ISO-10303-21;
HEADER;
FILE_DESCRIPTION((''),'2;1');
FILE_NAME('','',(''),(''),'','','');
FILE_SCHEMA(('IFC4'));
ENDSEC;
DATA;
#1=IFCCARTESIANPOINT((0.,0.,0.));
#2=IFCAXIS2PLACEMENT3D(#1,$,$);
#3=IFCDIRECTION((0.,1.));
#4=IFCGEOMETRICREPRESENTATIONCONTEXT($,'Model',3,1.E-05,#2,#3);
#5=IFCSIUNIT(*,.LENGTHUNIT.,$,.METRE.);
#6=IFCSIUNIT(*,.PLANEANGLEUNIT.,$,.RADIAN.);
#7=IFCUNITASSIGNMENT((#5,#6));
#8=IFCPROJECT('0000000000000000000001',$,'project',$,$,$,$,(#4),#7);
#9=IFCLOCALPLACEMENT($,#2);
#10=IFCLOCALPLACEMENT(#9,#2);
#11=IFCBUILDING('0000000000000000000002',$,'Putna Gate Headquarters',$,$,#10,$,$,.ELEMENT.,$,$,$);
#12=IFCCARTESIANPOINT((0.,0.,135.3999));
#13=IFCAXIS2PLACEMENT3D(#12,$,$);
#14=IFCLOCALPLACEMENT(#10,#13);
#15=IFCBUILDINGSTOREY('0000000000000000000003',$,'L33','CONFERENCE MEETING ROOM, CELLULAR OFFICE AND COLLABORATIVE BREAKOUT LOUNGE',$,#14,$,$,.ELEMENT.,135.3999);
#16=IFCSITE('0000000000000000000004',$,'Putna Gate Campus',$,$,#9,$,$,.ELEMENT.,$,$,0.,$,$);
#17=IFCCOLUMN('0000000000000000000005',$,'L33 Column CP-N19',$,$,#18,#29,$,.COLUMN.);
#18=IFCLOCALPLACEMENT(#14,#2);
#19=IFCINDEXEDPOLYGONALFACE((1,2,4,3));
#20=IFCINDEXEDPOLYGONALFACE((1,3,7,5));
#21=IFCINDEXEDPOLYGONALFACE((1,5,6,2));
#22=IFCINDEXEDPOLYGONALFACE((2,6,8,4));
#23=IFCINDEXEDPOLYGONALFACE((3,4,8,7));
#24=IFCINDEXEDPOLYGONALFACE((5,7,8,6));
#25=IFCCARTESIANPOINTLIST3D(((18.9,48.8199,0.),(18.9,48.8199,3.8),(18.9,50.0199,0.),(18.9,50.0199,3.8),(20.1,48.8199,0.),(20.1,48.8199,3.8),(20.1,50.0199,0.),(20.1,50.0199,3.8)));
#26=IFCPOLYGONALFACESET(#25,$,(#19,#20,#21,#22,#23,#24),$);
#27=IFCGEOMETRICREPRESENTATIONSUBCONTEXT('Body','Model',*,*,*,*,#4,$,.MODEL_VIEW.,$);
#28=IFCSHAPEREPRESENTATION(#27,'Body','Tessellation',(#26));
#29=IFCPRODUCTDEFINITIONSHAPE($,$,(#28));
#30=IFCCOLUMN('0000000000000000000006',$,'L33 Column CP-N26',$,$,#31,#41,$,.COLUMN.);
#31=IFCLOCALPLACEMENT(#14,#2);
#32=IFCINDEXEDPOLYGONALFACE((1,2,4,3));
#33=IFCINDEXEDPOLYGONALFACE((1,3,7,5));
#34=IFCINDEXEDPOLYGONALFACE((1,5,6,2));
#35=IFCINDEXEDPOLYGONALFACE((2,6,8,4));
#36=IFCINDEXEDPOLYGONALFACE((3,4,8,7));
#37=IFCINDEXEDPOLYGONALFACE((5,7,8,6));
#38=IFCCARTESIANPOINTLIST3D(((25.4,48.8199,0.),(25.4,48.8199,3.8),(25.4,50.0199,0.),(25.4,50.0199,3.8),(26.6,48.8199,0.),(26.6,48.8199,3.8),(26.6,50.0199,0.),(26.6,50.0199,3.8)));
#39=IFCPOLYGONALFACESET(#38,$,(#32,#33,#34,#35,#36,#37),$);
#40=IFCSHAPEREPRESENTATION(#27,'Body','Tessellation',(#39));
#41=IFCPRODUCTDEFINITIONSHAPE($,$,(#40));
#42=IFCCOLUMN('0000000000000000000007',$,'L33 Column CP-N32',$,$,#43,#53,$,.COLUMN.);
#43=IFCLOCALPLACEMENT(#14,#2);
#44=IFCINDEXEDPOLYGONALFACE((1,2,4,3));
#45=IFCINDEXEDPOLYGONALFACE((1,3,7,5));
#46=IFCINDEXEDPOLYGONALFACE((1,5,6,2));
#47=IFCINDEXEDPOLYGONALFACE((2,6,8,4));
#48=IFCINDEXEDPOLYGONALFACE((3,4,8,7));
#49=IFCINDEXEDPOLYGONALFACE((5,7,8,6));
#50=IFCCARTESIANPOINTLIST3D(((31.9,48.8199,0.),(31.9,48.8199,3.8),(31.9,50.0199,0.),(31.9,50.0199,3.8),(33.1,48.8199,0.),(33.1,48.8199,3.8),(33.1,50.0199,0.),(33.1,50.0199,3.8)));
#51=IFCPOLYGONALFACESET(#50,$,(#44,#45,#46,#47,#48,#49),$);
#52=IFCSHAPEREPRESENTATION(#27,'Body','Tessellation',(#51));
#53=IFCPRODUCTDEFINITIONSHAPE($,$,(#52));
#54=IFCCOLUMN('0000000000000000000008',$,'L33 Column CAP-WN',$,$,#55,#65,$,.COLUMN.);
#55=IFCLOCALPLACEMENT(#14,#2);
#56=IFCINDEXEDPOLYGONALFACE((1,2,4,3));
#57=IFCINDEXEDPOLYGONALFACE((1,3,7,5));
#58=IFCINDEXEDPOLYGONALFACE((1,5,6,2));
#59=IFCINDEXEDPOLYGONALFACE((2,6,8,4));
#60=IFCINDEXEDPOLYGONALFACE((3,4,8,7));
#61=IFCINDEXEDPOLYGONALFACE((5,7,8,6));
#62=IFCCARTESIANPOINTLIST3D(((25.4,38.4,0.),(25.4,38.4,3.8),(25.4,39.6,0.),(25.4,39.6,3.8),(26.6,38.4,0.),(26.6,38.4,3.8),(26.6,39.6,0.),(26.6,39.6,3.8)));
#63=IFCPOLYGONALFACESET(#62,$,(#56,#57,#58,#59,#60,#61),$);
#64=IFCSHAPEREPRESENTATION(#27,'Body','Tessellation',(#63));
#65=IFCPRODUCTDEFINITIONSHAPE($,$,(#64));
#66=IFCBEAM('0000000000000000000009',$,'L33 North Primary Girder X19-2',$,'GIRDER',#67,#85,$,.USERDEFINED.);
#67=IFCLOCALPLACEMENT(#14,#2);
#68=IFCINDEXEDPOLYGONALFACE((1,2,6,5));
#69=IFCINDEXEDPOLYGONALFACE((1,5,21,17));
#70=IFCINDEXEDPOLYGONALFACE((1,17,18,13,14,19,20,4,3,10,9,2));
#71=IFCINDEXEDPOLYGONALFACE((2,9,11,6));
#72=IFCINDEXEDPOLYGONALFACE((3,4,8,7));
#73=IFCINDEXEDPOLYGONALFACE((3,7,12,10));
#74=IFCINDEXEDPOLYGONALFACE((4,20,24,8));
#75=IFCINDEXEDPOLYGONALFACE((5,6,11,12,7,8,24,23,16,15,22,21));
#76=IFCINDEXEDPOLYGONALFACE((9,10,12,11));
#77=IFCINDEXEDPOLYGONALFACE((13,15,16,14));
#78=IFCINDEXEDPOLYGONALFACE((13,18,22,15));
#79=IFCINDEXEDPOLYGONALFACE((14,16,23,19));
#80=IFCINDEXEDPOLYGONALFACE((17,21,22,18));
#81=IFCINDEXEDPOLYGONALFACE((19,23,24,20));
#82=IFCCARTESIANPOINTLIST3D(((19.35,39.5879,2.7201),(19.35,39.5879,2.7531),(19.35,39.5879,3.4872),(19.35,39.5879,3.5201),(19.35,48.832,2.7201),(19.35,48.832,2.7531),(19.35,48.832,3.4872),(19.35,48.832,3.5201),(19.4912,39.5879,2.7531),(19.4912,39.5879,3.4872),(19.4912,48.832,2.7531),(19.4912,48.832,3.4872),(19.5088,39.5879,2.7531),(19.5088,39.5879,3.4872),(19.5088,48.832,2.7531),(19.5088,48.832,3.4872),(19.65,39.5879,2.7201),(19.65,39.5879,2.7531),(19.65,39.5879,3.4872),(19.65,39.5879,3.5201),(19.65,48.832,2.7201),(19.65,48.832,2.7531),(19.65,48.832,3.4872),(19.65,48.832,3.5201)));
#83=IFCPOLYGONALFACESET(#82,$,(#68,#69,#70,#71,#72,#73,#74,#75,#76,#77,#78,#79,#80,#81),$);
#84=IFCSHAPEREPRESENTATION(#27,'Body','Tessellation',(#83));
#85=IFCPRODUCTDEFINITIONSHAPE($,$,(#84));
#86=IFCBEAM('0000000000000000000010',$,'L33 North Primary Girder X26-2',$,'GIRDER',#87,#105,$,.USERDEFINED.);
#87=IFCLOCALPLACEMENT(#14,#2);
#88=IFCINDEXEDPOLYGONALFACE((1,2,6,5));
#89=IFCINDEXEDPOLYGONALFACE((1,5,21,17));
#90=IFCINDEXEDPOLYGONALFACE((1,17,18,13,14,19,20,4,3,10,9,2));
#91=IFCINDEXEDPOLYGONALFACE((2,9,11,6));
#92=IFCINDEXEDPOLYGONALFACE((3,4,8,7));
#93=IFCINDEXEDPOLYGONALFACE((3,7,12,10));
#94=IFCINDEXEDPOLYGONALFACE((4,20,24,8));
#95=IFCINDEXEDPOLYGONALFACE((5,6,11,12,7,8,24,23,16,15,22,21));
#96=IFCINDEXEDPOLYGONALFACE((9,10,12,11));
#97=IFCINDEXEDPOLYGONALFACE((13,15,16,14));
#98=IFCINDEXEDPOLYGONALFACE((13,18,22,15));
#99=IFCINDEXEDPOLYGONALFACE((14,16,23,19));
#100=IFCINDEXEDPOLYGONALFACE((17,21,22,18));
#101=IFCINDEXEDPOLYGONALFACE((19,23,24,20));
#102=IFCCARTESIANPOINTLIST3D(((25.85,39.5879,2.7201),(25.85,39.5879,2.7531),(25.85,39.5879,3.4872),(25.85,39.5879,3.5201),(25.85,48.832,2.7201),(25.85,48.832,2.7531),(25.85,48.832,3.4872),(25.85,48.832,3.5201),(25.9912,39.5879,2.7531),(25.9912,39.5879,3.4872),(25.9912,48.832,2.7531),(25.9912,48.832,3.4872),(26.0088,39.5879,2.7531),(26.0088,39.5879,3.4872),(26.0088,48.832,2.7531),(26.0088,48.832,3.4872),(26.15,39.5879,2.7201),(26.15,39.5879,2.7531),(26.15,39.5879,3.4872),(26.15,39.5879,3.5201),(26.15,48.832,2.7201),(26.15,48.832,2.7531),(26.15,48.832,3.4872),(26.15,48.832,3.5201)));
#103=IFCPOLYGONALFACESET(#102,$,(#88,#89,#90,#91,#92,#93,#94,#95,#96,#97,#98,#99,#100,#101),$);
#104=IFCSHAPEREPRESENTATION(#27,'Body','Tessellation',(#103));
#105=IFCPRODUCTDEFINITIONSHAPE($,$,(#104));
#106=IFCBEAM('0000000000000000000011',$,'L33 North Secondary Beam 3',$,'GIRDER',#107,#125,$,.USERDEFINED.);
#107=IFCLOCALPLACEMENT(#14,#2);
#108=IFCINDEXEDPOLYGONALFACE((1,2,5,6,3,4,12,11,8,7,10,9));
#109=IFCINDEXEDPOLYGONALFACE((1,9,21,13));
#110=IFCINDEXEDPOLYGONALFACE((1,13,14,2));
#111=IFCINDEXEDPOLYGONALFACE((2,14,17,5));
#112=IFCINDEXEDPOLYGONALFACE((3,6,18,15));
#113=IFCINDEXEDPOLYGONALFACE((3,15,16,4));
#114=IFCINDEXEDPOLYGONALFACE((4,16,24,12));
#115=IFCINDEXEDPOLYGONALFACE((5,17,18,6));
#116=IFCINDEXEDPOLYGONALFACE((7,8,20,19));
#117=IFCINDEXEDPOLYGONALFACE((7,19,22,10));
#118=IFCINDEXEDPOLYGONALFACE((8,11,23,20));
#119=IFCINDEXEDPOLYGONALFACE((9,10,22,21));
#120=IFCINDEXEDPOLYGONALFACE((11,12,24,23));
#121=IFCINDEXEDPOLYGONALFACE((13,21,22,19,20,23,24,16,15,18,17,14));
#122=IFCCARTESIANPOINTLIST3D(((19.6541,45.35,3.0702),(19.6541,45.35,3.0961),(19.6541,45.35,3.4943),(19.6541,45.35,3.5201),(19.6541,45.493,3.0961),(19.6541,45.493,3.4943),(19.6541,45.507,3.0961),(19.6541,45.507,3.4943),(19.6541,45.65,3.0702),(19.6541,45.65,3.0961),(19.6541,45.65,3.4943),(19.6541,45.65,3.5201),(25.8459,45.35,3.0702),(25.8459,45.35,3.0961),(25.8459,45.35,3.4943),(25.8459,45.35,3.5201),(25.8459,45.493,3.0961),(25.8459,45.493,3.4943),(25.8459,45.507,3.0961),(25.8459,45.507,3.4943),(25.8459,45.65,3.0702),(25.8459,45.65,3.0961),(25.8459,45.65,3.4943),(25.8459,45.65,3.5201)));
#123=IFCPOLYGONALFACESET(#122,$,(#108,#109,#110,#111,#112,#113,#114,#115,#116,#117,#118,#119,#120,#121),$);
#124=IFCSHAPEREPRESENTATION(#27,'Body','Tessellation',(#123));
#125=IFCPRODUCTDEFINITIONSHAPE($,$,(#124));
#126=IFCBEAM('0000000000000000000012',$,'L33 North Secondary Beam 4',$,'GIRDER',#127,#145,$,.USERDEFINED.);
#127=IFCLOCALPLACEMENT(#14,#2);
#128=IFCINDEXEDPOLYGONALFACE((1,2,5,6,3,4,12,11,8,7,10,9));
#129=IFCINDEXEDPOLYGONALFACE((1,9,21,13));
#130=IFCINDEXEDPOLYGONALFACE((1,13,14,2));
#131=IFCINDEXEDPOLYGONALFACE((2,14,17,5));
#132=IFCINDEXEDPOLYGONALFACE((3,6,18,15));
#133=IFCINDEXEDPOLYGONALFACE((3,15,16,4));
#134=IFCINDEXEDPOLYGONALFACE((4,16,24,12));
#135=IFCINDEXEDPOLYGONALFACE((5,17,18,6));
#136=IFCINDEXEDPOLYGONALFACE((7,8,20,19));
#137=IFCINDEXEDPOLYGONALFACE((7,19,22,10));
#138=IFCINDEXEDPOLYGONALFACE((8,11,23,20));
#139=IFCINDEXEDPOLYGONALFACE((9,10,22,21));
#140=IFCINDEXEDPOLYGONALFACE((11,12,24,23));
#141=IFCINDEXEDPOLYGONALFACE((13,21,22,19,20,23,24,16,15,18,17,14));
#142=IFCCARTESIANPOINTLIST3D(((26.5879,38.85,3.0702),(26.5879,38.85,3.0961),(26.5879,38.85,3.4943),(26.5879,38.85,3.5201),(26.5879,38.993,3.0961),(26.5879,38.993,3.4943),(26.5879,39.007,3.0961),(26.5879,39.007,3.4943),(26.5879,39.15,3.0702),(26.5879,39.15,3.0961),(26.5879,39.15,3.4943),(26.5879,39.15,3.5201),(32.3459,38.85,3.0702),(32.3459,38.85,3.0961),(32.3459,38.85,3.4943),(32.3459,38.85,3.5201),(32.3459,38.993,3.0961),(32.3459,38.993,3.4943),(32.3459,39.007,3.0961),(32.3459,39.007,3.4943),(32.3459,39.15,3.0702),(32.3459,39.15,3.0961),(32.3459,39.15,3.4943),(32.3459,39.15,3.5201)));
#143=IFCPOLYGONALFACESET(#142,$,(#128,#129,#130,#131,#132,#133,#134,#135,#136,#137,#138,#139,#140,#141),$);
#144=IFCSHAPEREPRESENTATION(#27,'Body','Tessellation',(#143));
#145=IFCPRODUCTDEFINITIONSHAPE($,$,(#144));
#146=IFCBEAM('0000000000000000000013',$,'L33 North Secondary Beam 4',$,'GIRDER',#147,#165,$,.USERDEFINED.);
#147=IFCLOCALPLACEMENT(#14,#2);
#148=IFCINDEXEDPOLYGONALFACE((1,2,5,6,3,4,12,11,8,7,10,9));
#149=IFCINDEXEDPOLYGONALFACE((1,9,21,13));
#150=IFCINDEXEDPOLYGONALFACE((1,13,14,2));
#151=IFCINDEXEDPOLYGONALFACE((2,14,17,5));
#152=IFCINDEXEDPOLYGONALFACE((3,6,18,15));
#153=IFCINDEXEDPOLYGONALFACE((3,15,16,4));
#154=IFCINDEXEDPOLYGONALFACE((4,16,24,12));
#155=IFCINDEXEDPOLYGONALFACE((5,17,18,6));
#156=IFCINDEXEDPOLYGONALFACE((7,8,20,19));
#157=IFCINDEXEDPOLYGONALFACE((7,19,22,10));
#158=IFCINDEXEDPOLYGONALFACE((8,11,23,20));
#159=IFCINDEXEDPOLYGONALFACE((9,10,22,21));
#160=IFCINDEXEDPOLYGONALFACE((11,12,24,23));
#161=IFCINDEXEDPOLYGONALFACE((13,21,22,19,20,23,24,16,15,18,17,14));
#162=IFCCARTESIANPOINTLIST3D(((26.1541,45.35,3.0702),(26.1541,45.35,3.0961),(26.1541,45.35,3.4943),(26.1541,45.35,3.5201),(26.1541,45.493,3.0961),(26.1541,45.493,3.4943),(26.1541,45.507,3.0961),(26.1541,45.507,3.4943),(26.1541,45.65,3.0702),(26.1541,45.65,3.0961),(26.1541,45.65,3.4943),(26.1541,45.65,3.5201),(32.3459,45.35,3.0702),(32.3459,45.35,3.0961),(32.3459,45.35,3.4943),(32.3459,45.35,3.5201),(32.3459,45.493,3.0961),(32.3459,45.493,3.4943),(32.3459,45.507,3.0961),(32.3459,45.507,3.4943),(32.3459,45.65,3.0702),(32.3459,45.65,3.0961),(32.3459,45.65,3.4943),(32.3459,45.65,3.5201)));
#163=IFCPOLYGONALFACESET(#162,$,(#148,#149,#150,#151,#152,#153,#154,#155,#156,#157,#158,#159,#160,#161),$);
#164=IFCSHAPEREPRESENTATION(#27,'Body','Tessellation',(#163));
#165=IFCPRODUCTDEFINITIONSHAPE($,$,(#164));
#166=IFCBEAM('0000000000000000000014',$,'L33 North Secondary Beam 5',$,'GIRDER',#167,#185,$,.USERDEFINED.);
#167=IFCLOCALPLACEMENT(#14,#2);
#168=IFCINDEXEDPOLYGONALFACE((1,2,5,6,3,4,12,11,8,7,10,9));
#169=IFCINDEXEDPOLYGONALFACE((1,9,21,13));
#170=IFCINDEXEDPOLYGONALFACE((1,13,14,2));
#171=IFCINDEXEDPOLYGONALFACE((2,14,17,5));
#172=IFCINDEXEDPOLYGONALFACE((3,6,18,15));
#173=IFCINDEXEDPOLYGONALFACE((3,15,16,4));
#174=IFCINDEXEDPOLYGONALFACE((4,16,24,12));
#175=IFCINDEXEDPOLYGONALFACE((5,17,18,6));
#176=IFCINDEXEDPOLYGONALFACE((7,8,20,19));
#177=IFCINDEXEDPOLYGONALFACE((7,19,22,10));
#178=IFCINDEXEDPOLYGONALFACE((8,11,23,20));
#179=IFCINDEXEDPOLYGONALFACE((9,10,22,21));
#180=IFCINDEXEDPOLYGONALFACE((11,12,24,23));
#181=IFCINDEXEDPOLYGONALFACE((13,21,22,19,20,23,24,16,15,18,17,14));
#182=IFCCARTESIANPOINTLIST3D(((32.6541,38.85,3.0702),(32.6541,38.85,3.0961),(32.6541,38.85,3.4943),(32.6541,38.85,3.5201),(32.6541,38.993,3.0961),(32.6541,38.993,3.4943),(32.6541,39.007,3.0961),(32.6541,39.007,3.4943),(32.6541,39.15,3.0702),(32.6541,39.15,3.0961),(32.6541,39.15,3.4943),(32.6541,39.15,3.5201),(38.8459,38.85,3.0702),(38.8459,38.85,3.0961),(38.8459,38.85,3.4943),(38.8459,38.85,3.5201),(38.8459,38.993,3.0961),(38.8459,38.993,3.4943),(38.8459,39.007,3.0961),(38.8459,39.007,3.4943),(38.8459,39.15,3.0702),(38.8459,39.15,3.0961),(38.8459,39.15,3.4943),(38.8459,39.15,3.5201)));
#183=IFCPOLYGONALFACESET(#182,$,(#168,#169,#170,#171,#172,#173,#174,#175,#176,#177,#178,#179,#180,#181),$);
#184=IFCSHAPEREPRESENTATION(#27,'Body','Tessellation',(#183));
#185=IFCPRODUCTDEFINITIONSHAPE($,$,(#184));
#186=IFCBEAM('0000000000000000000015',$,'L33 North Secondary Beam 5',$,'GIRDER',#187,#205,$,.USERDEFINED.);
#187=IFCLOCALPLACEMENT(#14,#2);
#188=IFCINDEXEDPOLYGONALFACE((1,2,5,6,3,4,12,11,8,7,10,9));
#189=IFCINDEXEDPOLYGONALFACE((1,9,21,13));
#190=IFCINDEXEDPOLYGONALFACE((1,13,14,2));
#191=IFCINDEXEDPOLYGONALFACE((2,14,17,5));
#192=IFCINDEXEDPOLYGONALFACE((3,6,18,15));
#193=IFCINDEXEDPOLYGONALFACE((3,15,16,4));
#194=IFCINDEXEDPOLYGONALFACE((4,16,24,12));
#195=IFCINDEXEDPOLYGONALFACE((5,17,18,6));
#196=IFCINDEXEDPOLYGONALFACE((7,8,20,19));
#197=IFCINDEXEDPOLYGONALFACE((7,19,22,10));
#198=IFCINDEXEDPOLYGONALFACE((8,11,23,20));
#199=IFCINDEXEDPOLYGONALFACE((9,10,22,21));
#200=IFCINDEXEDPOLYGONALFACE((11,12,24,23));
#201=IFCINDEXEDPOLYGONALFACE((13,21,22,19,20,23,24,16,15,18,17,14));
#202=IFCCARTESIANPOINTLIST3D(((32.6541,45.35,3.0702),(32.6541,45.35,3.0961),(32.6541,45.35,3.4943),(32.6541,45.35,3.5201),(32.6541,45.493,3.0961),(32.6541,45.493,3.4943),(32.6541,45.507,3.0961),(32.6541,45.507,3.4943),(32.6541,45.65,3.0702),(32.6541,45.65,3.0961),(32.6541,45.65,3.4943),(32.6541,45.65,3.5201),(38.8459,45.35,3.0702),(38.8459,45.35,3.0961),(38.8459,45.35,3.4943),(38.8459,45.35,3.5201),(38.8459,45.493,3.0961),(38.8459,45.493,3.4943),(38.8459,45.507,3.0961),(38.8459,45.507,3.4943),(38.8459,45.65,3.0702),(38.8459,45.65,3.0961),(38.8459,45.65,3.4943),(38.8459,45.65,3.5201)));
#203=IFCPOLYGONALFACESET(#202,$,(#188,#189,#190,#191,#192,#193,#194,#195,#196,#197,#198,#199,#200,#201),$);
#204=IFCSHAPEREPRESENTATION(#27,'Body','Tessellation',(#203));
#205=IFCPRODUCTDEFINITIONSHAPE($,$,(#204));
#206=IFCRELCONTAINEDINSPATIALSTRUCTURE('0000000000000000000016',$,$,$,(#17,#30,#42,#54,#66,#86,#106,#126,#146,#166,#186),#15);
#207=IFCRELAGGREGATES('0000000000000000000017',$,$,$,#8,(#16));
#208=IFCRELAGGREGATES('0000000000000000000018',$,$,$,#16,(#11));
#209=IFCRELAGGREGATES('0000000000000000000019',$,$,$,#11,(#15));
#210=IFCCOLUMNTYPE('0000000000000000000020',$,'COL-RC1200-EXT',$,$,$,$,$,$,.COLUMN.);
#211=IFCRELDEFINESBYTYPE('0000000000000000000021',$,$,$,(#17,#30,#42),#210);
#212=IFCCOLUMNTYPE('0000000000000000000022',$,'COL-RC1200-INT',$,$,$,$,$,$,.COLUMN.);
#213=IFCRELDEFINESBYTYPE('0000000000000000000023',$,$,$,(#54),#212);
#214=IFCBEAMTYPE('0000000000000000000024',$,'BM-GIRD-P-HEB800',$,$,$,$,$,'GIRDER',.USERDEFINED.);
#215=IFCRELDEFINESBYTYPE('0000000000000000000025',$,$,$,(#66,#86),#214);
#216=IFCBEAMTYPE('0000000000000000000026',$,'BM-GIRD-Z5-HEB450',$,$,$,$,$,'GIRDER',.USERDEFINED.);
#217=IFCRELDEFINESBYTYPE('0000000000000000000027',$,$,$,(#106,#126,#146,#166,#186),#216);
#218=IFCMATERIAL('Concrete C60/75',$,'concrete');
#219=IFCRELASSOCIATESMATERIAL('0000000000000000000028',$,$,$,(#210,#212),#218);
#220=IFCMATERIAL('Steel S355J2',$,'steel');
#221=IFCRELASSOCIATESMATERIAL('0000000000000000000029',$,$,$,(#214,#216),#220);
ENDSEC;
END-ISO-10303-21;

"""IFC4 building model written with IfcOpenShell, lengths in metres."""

from ifc_helpers import new_model, si_unit, direction, frame, origin, origin_2d, place, context, subcontext, project, spatial, rectangle, i_section, extrude, material, material_profile, profile_set, type_object, element, save


model = new_model("IFC4")

# Units and contexts
model_context = context("Model", 3, precision=1e-05, world=origin(), true_north=direction((0.0, 1.0)))
body_context = subcontext(model_context, "Body", "Model", "MODEL_VIEW")
ifc_project = project(units=[si_unit("LENGTHUNIT", "METRE"), si_unit("PLANEANGLEUNIT", "RADIAN")], contexts=[model_context])

# Site, building, storey
site_placement = place(None, origin())
site = spatial("IfcSite", under=ifc_project, at=site_placement, Name="Putna Gate Campus", CompositionType="ELEMENT", RefElevation=0.0)
building_placement = place(site_placement, origin())
building = spatial("IfcBuilding", under=site, at=building_placement, Name="Putna Gate Headquarters", CompositionType="ELEMENT")
storey_placement = place(building_placement, frame((0.0, 0.0, 135.3999)))
storey = spatial("IfcBuildingStorey", under=building, at=storey_placement, Name="L33", Description="CONFERENCE MEETING ROOM, CELLULAR OFFICE AND COLLABORATIVE BREAKOUT LOUNGE", CompositionType="ELEMENT", Elevation=135.3999)

# Columns
ifc_material_1 = material(Name="Concrete C60/75", Category="concrete")
ifc_material_profile_1 = material_profile(ifc_material_1, rectangle(XDim=1.2, YDim=1.2, at=origin_2d()), Name="Concrete C60/75")
ifc_profile_set_1 = profile_set([ifc_material_profile_1], Name="Concrete C60/75")
column_type_1 = type_object("IfcColumnType", Name="COL-RC1200-EXT", PredefinedType="COLUMN", material=ifc_profile_set_1)
for number, where, z_axis, x_axis, name in (
    (1, (19.5, 49.4199, 0.0), (0.0, 0.0, 1.0), (1.0, 0.0, 0.0), "L33 Column CP-N19"),
    (2, (26.0, 49.4199, 0.0), (0.0, 0.0, 1.0), (1.0, 0.0, 0.0), "L33 Column CP-N26"),
    (3, (32.5, 49.4199, 0.0), (0.0, 0.0, 1.0), (1.0, 0.0, 0.0), "L33 Column CP-N32"),
):
    element("IfcColumn", number, at=place(storey_placement, frame(where, z_axis=z_axis, x_axis=x_axis)), inside=storey, type_object=column_type_1, Name=name, PredefinedType="COLUMN", context=body_context, shape_type="SweptSolid", body=[
        extrude(rectangle(XDim=1.2, YDim=1.2, at=origin_2d()), origin(), (0.0, 0.0, 1.0), 3.8),
    ])
ifc_material_profile_2 = material_profile(ifc_material_1, rectangle(XDim=1.2, YDim=1.2, at=origin_2d()), Name="Concrete C60/75")
ifc_profile_set_2 = profile_set([ifc_material_profile_2], Name="Concrete C60/75")
column_type_2 = type_object("IfcColumnType", Name="COL-RC1200-INT", PredefinedType="COLUMN", material=ifc_profile_set_2)
column_placement = place(storey_placement, frame((26.0, 39.0, 0.0), z_axis=(0.0, 0.0, 1.0), x_axis=(1.0, 0.0, 0.0)))
element("IfcColumn", 4, at=column_placement, inside=storey, type_object=column_type_2, Name="L33 Column CAP-WN", PredefinedType="COLUMN", context=body_context, shape_type="SweptSolid", body=[
    extrude(rectangle(XDim=1.2, YDim=1.2, at=origin_2d()), origin(), (0.0, 0.0, 1.0), 3.8),
])

# Beams
ifc_material_2 = material(Name="Steel S355J2", Category="steel")
ifc_material_profile_3 = material_profile(ifc_material_2, i_section(OverallWidth=0.3, OverallDepth=0.8, WebThickness=0.0176, FlangeThickness=0.033, at=origin_2d()), Name="Steel S355J2")
ifc_profile_set_3 = profile_set([ifc_material_profile_3], Name="Steel S355J2")
beam_type_1 = type_object("IfcBeamType", Name="BM-GIRD-P-HEB800", ElementType="GIRDER", PredefinedType="USERDEFINED", material=ifc_profile_set_3)
for number, where, z_axis, x_axis, name in (
    (5, (19.5, 39.5879, 3.1201), (0.0, 1.0, 0.0), (-1.0, 0.0, 0.0), "L33 North Primary Girder X19-2"),
    (6, (26.0, 39.5879, 3.1201), (0.0, 1.0, 0.0), (-1.0, 0.0, 0.0), "L33 North Primary Girder X26-2"),
):
    element("IfcBeam", number, at=place(storey_placement, frame(where, z_axis=z_axis, x_axis=x_axis)), inside=storey, type_object=beam_type_1, Name=name, ObjectType="GIRDER", PredefinedType="USERDEFINED", context=body_context, shape_type="SweptSolid", body=[
        extrude(i_section(OverallWidth=0.3, OverallDepth=0.8, WebThickness=0.0176, FlangeThickness=0.033, at=origin_2d()), origin(), (0.0, 0.0, 1.0), 9.2441),
    ])
ifc_material_profile_4 = material_profile(ifc_material_2, i_section(OverallWidth=0.3, OverallDepth=0.45, WebThickness=0.0139, FlangeThickness=0.0259, at=origin_2d()), Name="Steel S355J2")
ifc_profile_set_4 = profile_set([ifc_material_profile_4], Name="Steel S355J2")
beam_type_2 = type_object("IfcBeamType", Name="BM-GIRD-Z5-HEB450", ElementType="GIRDER", PredefinedType="USERDEFINED", material=ifc_profile_set_4)
beam_1_placement = place(storey_placement, frame((19.6541, 45.5, 3.2952), z_axis=(1.0, 0.0, 0.0), x_axis=(0.0, 1.0, 0.0)))
element("IfcBeam", 7, at=beam_1_placement, inside=storey, type_object=beam_type_2, Name="L33 North Secondary Beam 3", ObjectType="GIRDER", PredefinedType="USERDEFINED", context=body_context, shape_type="SweptSolid", body=[
    extrude(i_section(OverallWidth=0.3, OverallDepth=0.45, WebThickness=0.0139, FlangeThickness=0.0259, at=origin_2d()), origin(), (0.0, 0.0, 1.0), 6.1919),
])
beam_2_placement = place(storey_placement, frame((26.5879, 39.0, 3.2952), z_axis=(1.0, 0.0, 0.0), x_axis=(0.0, 1.0, 0.0)))
element("IfcBeam", 8, at=beam_2_placement, inside=storey, type_object=beam_type_2, Name="L33 North Secondary Beam 4", ObjectType="GIRDER", PredefinedType="USERDEFINED", context=body_context, shape_type="SweptSolid", body=[
    extrude(i_section(OverallWidth=0.3, OverallDepth=0.45, WebThickness=0.0139, FlangeThickness=0.0259, at=origin_2d()), origin(), (0.0, 0.0, 1.0), 5.7581),
])
for number, where, z_axis, x_axis, name in (
    (9, (26.1541, 45.5, 3.2952), (1.0, 0.0, 0.0), (0.0, 1.0, 0.0), "L33 North Secondary Beam 4"),
    (10, (32.6541, 39.0, 3.2952), (1.0, 0.0, 0.0), (0.0, 1.0, 0.0), "L33 North Secondary Beam 5"),
    (11, (32.6541, 45.5, 3.2952), (1.0, 0.0, 0.0), (0.0, 1.0, 0.0), "L33 North Secondary Beam 5"),
):
    element("IfcBeam", number, at=place(storey_placement, frame(where, z_axis=z_axis, x_axis=x_axis)), inside=storey, type_object=beam_type_2, Name=name, ObjectType="GIRDER", PredefinedType="USERDEFINED", context=body_context, shape_type="SweptSolid", body=[
        extrude(i_section(OverallWidth=0.3, OverallDepth=0.45, WebThickness=0.0139, FlangeThickness=0.0259, at=origin_2d()), origin(), (0.0, 0.0, 1.0), 6.1919),
    ])

save(model, "model.ifc")
